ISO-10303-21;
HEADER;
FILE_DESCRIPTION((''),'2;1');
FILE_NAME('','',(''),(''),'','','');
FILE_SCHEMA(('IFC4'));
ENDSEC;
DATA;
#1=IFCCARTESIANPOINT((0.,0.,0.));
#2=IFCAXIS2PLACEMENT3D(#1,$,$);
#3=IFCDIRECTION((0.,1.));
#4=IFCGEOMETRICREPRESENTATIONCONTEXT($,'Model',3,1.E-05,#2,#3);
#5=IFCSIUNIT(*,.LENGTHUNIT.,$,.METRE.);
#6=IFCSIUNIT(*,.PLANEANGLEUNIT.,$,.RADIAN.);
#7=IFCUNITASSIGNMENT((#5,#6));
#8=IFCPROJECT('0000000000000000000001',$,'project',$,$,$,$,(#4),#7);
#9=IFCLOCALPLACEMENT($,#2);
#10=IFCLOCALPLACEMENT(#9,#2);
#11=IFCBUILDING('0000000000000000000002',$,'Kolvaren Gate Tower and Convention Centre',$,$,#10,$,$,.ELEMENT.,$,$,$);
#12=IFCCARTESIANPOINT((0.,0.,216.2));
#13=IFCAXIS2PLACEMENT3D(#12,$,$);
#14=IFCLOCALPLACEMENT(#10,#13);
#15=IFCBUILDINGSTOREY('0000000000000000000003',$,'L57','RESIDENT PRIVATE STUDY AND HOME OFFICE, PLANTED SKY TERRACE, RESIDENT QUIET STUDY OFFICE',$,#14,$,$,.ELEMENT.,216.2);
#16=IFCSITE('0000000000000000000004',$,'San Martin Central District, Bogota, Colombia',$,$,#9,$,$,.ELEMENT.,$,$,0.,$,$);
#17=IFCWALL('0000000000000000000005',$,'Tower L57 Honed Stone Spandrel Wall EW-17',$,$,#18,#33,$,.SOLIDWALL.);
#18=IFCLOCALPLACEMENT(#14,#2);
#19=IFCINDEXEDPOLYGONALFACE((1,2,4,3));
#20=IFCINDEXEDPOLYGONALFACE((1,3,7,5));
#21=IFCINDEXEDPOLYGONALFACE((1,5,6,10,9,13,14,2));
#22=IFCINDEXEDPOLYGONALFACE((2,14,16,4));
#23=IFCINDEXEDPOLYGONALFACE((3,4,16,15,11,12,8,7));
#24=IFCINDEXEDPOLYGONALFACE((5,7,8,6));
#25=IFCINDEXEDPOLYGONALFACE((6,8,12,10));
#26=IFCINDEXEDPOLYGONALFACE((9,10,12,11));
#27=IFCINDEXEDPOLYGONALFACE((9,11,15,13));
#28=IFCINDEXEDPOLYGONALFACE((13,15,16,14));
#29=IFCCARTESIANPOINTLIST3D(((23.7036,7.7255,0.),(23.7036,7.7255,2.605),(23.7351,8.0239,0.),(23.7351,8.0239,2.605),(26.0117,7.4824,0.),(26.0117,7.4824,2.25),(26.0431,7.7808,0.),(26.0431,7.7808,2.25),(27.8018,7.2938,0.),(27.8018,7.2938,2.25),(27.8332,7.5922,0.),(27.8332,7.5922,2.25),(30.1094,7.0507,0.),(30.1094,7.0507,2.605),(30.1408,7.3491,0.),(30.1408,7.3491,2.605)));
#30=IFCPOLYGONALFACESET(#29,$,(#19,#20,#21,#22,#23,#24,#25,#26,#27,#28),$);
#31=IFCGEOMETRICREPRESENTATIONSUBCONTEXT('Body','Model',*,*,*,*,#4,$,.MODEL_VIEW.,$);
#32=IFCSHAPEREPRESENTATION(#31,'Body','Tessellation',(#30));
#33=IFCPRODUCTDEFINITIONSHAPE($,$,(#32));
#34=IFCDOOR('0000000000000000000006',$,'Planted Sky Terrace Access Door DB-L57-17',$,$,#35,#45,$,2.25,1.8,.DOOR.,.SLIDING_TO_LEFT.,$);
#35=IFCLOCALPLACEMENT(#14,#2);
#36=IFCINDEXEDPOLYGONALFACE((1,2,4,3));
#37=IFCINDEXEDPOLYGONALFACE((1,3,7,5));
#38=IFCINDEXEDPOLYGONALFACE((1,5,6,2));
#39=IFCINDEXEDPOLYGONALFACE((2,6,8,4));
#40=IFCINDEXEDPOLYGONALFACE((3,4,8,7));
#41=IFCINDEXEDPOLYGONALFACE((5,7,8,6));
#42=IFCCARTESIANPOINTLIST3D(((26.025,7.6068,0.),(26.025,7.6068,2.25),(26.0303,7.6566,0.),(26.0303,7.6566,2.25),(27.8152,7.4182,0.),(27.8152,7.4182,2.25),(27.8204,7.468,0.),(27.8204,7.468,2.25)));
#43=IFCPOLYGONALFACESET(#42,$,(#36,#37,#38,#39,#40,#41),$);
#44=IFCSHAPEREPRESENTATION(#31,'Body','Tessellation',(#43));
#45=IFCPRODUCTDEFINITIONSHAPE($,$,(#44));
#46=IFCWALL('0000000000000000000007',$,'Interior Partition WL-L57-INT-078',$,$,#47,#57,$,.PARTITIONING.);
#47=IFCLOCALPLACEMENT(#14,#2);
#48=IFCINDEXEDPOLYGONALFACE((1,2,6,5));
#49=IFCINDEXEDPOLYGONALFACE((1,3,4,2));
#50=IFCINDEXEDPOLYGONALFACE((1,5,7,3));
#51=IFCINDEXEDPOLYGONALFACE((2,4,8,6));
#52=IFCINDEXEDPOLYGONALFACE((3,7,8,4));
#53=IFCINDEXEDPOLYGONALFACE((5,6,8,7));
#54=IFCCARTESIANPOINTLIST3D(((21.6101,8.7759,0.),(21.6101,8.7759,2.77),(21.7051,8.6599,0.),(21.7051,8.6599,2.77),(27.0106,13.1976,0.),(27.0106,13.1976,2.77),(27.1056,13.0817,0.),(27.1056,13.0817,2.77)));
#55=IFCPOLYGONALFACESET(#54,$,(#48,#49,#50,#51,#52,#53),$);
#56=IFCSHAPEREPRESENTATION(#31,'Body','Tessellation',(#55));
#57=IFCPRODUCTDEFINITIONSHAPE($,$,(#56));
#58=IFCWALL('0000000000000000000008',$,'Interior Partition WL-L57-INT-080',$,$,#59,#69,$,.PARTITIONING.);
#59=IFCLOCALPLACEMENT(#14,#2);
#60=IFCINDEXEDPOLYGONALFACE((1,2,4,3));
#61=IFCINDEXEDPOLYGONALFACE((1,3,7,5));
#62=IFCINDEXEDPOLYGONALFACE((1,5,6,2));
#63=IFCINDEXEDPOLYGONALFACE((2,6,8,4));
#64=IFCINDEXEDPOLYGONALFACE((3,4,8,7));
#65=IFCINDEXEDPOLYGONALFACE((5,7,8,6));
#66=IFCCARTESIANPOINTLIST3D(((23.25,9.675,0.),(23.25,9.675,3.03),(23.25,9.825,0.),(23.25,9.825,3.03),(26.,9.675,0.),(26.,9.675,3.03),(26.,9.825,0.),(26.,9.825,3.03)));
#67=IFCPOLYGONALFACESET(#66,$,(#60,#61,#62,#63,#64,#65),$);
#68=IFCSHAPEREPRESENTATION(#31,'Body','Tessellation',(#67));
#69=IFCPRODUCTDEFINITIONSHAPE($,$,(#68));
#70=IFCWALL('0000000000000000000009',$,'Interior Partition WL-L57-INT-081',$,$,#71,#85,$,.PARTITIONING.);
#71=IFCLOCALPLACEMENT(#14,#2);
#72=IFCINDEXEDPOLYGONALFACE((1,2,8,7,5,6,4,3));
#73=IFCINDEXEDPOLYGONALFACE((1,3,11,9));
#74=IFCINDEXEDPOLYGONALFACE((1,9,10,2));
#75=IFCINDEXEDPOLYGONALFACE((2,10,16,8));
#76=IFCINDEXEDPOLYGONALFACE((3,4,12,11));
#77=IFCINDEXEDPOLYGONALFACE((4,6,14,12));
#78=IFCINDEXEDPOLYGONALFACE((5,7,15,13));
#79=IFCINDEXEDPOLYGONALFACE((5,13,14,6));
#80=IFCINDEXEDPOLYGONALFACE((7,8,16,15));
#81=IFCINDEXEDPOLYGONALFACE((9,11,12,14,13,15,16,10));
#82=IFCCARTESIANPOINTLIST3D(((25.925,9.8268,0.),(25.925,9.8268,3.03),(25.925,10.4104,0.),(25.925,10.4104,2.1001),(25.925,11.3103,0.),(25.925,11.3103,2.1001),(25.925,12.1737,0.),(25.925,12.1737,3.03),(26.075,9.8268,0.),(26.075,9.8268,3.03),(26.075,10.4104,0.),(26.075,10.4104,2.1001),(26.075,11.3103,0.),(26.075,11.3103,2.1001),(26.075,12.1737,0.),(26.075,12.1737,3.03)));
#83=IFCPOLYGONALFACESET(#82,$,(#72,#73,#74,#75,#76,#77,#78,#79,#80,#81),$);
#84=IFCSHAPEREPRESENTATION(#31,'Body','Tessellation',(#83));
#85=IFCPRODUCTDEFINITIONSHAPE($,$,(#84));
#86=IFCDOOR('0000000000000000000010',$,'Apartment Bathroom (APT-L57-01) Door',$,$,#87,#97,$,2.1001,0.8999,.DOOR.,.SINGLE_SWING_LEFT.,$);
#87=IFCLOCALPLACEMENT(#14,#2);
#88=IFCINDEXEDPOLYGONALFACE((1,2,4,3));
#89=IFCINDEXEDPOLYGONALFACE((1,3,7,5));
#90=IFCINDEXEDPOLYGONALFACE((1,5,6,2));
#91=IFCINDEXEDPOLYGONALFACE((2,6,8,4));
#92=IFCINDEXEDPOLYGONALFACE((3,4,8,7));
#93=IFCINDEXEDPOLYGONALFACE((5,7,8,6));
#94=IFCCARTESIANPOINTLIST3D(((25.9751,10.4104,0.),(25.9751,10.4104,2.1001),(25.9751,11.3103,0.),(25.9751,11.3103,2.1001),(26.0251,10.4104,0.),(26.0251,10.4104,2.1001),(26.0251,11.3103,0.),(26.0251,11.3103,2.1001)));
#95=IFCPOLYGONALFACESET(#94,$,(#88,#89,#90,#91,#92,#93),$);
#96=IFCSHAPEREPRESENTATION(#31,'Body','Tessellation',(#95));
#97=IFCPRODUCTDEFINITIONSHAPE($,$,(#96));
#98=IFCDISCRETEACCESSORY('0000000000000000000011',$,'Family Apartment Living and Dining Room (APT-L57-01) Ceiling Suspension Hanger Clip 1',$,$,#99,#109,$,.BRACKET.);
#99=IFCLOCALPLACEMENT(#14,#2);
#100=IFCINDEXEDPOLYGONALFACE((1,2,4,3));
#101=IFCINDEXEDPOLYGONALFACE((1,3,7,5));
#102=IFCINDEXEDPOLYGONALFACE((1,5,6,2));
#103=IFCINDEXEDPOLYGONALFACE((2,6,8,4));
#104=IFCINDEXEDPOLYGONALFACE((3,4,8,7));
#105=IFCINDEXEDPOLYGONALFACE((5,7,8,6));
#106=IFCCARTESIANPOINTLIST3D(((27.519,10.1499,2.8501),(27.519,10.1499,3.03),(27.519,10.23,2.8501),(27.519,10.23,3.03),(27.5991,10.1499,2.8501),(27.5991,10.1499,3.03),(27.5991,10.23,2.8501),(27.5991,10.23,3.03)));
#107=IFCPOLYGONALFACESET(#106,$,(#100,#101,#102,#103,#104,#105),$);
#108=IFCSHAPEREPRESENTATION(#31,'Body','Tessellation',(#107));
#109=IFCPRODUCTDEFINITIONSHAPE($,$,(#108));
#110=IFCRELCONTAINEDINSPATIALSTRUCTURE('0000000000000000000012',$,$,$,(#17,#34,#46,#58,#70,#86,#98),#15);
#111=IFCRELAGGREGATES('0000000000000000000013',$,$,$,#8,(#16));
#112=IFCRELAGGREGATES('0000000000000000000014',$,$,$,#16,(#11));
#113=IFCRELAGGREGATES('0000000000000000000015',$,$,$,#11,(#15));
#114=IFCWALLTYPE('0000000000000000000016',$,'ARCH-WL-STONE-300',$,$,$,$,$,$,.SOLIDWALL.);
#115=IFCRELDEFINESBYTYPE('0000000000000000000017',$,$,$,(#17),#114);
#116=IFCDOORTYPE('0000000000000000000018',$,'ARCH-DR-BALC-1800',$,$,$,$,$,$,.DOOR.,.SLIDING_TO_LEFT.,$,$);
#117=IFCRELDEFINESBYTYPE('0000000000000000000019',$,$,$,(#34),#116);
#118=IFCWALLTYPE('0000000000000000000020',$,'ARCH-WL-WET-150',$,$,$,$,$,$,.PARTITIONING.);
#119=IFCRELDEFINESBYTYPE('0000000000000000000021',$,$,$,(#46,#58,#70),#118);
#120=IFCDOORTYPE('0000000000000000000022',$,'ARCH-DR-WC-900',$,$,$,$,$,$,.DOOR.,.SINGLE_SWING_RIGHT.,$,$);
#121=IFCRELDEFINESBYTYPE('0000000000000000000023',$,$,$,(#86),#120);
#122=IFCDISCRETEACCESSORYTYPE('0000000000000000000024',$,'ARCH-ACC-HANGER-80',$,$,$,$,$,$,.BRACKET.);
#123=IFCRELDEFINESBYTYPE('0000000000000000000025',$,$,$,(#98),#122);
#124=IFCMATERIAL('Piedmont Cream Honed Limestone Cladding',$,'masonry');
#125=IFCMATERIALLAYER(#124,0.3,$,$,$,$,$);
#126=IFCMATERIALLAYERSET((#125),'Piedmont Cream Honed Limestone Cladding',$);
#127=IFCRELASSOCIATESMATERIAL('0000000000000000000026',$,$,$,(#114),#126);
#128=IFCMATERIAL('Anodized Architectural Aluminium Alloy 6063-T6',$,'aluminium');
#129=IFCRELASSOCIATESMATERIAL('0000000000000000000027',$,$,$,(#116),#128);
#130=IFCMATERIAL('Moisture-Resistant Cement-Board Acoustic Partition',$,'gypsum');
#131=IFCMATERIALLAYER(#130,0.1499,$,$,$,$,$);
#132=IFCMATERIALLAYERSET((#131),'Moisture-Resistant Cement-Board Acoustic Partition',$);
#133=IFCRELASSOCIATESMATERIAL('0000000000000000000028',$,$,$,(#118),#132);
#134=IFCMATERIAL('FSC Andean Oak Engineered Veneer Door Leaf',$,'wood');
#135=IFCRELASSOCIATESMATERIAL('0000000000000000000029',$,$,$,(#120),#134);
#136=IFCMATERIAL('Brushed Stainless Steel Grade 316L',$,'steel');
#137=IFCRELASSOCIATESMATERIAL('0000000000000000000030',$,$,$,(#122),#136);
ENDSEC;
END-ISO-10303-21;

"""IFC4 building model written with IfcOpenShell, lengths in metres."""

from ifc_helpers import new_model, si_unit, direction, frame, frame_2d, origin, origin_2d, place, context, subcontext, project, spatial, rectangle, extrude, material, layer, layer_set, type_object, element, fill, save


model = new_model("IFC4")

# Units and contexts
model_context = context("Model", 3, precision=1e-05, world=origin(), true_north=direction((0.0, 1.0)))
body_context = subcontext(model_context, "Body", "Model", "MODEL_VIEW")
ifc_project = project(units=[si_unit("LENGTHUNIT", "METRE"), si_unit("PLANEANGLEUNIT", "RADIAN")], contexts=[model_context])

# Site, building, storey
site_placement = place(None, origin())
site = spatial("IfcSite", under=ifc_project, at=site_placement, Name="San Martin Central District, Bogota, Colombia", CompositionType="ELEMENT", RefElevation=0.0)
building_placement = place(site_placement, origin())
building = spatial("IfcBuilding", under=site, at=building_placement, Name="Kolvaren Gate Tower and Convention Centre", CompositionType="ELEMENT")
storey_placement = place(building_placement, frame((0.0, 0.0, 216.2)))
storey = spatial("IfcBuildingStorey", under=building, at=storey_placement, Name="L57", Description="RESIDENT PRIVATE STUDY AND HOME OFFICE, PLANTED SKY TERRACE, RESIDENT QUIET STUDY OFFICE", CompositionType="ELEMENT", Elevation=216.2)

# Shared definitions
ifc_material_1 = material(Name="FSC Andean Oak Engineered Veneer Door Leaf", Category="wood")

# Shared definitions
ifc_material_2 = material(Name="Piedmont Cream Honed Limestone Cladding", Category="masonry")

# Wall, opening, door
ifc_layer_1 = layer(ifc_material_2, 0.3)
ifc_layer_set_1 = layer_set([ifc_layer_1], Name="Piedmont Cream Honed Limestone Cladding")
wall_type_1 = type_object("IfcWallType", Name="ARCH-WL-STONE-300", PredefinedType="SOLIDWALL", material=ifc_layer_set_1)
wall_1_placement = place(storey_placement, frame((23.7192, 7.8748, 0.0), z_axis=(0.0, 0.0, 1.0), x_axis=(0.994497, -0.104764, 0.0)))
wall_1 = element("IfcWall", 1, at=wall_1_placement, inside=storey, type_object=wall_type_1, Name="Tower L57 Honed Stone Spandrel Wall EW-17", PredefinedType="SOLIDWALL", context=body_context, shape_type="SweptSolid", body=[
    extrude(rectangle(XDim=6.4412, YDim=0.3, at=frame_2d((3.2207, 0.0))), origin(), (0.0, 0.0, 1.0), 2.605),
])
opening_1_placement = place(wall_1_placement, frame((2.321, 0.0, 0.0)))
opening_1 = element("IfcOpeningElement", 2, at=opening_1_placement, cuts=wall_1, PredefinedType="OPENING", context=body_context, shape_type="SweptSolid", body=[
    extrude(rectangle(XDim=1.8, YDim=2.25, at=frame_2d((0.8999, 1.125))), frame((0.0, 0.1599, 0.0), z_axis=(0.0, -1.0, 0.0), x_axis=(1.0, 0.0, 0.0)), (0.0, 0.0, 1.0), 0.3201),
])
ifc_material_3 = material(Name="Anodized Architectural Aluminium Alloy 6063-T6", Category="aluminium")
door_type_1 = type_object("IfcDoorType", Name="ARCH-DR-BALC-1800", OperationType="SLIDING_TO_LEFT", PredefinedType="DOOR", material=ifc_material_3)
door_1_placement = place(opening_1_placement, frame((1.8, 0.0, 0.0), z_axis=(0.0, 0.0, 1.0), x_axis=(-1.0, 0.0, 0.0)))
door_1 = element("IfcDoor", 3, at=door_1_placement, inside=storey, type_object=door_type_1, Name="Planted Sky Terrace Access Door DB-L57-17", OperationType="SLIDING_TO_LEFT", OverallHeight=2.25, OverallWidth=1.8, PredefinedType="DOOR", context=body_context, shape_type="SweptSolid", body=[
    extrude(rectangle(XDim=1.8, YDim=2.25, at=frame_2d((0.8999, 1.125))), frame((0.0, 0.0249, 0.0), z_axis=(0.0, -1.0, 0.0), x_axis=(1.0, 0.0, 0.0)), (0.0, 0.0, 1.0), 0.05),
])
fill(opening_1, door_1)

# Walls
ifc_material_4 = material(Name="Moisture-Resistant Cement-Board Acoustic Partition", Category="gypsum")
ifc_layer_2 = layer(ifc_material_4, 0.1499)
ifc_layer_set_2 = layer_set([ifc_layer_2], Name="Moisture-Resistant Cement-Board Acoustic Partition")
wall_type_2 = type_object("IfcWallType", Name="ARCH-WL-WET-150", PredefinedType="PARTITIONING", material=ifc_layer_set_2)
wall_2_placement = place(storey_placement, frame((21.6577, 8.718, 0.0), z_axis=(0.0, 0.0, 1.0), x_axis=(0.773738, 0.633506, 0.0)))
element("IfcWall", 4, at=wall_2_placement, inside=storey, type_object=wall_type_2, Name="Interior Partition WL-L57-INT-078", PredefinedType="PARTITIONING", context=body_context, shape_type="SweptSolid", body=[
    extrude(rectangle(XDim=6.9797, YDim=0.1499, at=frame_2d((3.4897, 0.0))), origin(), (0.0, 0.0, 1.0), 2.77),
])
wall_3_placement = place(storey_placement, frame((23.25, 9.75, 0.0), z_axis=(0.0, 0.0, 1.0), x_axis=(1.0, 0.0, 0.0)))
element("IfcWall", 5, at=wall_3_placement, inside=storey, type_object=wall_type_2, Name="Interior Partition WL-L57-INT-080", PredefinedType="PARTITIONING", context=body_context, shape_type="SweptSolid", body=[
    extrude(rectangle(XDim=2.75, YDim=0.1499, at=frame_2d((1.375, 0.0))), origin(), (0.0, 0.0, 1.0), 3.03),
])

# Wall, opening, door
wall_4_placement = place(storey_placement, frame((26.0, 9.8269, 0.0), z_axis=(0.0, 0.0, 1.0), x_axis=(0.0, 1.0, 0.0)))
wall_4 = element("IfcWall", 6, at=wall_4_placement, inside=storey, type_object=wall_type_2, Name="Interior Partition WL-L57-INT-081", PredefinedType="PARTITIONING", context=body_context, shape_type="SweptSolid", body=[
    extrude(rectangle(XDim=2.3469, YDim=0.1499, at=frame_2d((1.1733, 0.0))), origin(), (0.0, 0.0, 1.0), 3.03),
])
opening_2_placement = place(wall_4_placement, frame((0.5835, 0.0, 0.0)))
opening_2 = element("IfcOpeningElement", 7, at=opening_2_placement, cuts=wall_4, PredefinedType="OPENING", context=body_context, shape_type="SweptSolid", body=[
    extrude(rectangle(XDim=0.8999, YDim=2.1001, at=frame_2d((0.45, 1.05))), frame((0.0, 0.085, 0.0), z_axis=(0.0, -1.0, 0.0), x_axis=(1.0, 0.0, 0.0)), (0.0, 0.0, 1.0), 0.1699),
])
door_type_2 = type_object("IfcDoorType", Name="ARCH-DR-WC-900", OperationType="SINGLE_SWING_RIGHT", PredefinedType="DOOR", material=ifc_material_1)
door_2_placement = place(opening_2_placement, origin())
door_2 = element("IfcDoor", 8, at=door_2_placement, inside=storey, type_object=door_type_2, Name="Apartment Bathroom (APT-L57-01) Door", OperationType="SINGLE_SWING_LEFT", OverallHeight=2.1001, OverallWidth=0.8999, PredefinedType="DOOR", context=body_context, shape_type="SweptSolid", body=[
    extrude(rectangle(XDim=0.8999, YDim=2.1001, at=frame_2d((0.45, 1.05))), frame((0.0, 0.0249, 0.0), z_axis=(0.0, -1.0, 0.0), x_axis=(1.0, 0.0, 0.0)), (0.0, 0.0, 1.0), 0.05),
])
fill(opening_2, door_2)

# Discrete accessory
ifc_material_5 = material(Name="Brushed Stainless Steel Grade 316L", Category="steel")
discrete_accessory_type = type_object("IfcDiscreteAccessoryType", Name="ARCH-ACC-HANGER-80", PredefinedType="BRACKET", material=ifc_material_5)
discrete_accessory_placement = place(storey_placement, frame((27.5591, 10.1899, 2.8501), z_axis=(0.0, 0.0, 1.0), x_axis=(1.0, 0.0, 0.0)))
element("IfcDiscreteAccessory", 9, at=discrete_accessory_placement, inside=storey, type_object=discrete_accessory_type, Name="Family Apartment Living and Dining Room (APT-L57-01) Ceiling Suspension Hanger Clip 1", PredefinedType="BRACKET", context=body_context, shape_type="SweptSolid", body=[
    extrude(rectangle(XDim=0.0801, YDim=0.0801, at=origin_2d()), origin(), (0.0, 0.0, 1.0), 0.1799),
])

save(model, "model.ifc")
